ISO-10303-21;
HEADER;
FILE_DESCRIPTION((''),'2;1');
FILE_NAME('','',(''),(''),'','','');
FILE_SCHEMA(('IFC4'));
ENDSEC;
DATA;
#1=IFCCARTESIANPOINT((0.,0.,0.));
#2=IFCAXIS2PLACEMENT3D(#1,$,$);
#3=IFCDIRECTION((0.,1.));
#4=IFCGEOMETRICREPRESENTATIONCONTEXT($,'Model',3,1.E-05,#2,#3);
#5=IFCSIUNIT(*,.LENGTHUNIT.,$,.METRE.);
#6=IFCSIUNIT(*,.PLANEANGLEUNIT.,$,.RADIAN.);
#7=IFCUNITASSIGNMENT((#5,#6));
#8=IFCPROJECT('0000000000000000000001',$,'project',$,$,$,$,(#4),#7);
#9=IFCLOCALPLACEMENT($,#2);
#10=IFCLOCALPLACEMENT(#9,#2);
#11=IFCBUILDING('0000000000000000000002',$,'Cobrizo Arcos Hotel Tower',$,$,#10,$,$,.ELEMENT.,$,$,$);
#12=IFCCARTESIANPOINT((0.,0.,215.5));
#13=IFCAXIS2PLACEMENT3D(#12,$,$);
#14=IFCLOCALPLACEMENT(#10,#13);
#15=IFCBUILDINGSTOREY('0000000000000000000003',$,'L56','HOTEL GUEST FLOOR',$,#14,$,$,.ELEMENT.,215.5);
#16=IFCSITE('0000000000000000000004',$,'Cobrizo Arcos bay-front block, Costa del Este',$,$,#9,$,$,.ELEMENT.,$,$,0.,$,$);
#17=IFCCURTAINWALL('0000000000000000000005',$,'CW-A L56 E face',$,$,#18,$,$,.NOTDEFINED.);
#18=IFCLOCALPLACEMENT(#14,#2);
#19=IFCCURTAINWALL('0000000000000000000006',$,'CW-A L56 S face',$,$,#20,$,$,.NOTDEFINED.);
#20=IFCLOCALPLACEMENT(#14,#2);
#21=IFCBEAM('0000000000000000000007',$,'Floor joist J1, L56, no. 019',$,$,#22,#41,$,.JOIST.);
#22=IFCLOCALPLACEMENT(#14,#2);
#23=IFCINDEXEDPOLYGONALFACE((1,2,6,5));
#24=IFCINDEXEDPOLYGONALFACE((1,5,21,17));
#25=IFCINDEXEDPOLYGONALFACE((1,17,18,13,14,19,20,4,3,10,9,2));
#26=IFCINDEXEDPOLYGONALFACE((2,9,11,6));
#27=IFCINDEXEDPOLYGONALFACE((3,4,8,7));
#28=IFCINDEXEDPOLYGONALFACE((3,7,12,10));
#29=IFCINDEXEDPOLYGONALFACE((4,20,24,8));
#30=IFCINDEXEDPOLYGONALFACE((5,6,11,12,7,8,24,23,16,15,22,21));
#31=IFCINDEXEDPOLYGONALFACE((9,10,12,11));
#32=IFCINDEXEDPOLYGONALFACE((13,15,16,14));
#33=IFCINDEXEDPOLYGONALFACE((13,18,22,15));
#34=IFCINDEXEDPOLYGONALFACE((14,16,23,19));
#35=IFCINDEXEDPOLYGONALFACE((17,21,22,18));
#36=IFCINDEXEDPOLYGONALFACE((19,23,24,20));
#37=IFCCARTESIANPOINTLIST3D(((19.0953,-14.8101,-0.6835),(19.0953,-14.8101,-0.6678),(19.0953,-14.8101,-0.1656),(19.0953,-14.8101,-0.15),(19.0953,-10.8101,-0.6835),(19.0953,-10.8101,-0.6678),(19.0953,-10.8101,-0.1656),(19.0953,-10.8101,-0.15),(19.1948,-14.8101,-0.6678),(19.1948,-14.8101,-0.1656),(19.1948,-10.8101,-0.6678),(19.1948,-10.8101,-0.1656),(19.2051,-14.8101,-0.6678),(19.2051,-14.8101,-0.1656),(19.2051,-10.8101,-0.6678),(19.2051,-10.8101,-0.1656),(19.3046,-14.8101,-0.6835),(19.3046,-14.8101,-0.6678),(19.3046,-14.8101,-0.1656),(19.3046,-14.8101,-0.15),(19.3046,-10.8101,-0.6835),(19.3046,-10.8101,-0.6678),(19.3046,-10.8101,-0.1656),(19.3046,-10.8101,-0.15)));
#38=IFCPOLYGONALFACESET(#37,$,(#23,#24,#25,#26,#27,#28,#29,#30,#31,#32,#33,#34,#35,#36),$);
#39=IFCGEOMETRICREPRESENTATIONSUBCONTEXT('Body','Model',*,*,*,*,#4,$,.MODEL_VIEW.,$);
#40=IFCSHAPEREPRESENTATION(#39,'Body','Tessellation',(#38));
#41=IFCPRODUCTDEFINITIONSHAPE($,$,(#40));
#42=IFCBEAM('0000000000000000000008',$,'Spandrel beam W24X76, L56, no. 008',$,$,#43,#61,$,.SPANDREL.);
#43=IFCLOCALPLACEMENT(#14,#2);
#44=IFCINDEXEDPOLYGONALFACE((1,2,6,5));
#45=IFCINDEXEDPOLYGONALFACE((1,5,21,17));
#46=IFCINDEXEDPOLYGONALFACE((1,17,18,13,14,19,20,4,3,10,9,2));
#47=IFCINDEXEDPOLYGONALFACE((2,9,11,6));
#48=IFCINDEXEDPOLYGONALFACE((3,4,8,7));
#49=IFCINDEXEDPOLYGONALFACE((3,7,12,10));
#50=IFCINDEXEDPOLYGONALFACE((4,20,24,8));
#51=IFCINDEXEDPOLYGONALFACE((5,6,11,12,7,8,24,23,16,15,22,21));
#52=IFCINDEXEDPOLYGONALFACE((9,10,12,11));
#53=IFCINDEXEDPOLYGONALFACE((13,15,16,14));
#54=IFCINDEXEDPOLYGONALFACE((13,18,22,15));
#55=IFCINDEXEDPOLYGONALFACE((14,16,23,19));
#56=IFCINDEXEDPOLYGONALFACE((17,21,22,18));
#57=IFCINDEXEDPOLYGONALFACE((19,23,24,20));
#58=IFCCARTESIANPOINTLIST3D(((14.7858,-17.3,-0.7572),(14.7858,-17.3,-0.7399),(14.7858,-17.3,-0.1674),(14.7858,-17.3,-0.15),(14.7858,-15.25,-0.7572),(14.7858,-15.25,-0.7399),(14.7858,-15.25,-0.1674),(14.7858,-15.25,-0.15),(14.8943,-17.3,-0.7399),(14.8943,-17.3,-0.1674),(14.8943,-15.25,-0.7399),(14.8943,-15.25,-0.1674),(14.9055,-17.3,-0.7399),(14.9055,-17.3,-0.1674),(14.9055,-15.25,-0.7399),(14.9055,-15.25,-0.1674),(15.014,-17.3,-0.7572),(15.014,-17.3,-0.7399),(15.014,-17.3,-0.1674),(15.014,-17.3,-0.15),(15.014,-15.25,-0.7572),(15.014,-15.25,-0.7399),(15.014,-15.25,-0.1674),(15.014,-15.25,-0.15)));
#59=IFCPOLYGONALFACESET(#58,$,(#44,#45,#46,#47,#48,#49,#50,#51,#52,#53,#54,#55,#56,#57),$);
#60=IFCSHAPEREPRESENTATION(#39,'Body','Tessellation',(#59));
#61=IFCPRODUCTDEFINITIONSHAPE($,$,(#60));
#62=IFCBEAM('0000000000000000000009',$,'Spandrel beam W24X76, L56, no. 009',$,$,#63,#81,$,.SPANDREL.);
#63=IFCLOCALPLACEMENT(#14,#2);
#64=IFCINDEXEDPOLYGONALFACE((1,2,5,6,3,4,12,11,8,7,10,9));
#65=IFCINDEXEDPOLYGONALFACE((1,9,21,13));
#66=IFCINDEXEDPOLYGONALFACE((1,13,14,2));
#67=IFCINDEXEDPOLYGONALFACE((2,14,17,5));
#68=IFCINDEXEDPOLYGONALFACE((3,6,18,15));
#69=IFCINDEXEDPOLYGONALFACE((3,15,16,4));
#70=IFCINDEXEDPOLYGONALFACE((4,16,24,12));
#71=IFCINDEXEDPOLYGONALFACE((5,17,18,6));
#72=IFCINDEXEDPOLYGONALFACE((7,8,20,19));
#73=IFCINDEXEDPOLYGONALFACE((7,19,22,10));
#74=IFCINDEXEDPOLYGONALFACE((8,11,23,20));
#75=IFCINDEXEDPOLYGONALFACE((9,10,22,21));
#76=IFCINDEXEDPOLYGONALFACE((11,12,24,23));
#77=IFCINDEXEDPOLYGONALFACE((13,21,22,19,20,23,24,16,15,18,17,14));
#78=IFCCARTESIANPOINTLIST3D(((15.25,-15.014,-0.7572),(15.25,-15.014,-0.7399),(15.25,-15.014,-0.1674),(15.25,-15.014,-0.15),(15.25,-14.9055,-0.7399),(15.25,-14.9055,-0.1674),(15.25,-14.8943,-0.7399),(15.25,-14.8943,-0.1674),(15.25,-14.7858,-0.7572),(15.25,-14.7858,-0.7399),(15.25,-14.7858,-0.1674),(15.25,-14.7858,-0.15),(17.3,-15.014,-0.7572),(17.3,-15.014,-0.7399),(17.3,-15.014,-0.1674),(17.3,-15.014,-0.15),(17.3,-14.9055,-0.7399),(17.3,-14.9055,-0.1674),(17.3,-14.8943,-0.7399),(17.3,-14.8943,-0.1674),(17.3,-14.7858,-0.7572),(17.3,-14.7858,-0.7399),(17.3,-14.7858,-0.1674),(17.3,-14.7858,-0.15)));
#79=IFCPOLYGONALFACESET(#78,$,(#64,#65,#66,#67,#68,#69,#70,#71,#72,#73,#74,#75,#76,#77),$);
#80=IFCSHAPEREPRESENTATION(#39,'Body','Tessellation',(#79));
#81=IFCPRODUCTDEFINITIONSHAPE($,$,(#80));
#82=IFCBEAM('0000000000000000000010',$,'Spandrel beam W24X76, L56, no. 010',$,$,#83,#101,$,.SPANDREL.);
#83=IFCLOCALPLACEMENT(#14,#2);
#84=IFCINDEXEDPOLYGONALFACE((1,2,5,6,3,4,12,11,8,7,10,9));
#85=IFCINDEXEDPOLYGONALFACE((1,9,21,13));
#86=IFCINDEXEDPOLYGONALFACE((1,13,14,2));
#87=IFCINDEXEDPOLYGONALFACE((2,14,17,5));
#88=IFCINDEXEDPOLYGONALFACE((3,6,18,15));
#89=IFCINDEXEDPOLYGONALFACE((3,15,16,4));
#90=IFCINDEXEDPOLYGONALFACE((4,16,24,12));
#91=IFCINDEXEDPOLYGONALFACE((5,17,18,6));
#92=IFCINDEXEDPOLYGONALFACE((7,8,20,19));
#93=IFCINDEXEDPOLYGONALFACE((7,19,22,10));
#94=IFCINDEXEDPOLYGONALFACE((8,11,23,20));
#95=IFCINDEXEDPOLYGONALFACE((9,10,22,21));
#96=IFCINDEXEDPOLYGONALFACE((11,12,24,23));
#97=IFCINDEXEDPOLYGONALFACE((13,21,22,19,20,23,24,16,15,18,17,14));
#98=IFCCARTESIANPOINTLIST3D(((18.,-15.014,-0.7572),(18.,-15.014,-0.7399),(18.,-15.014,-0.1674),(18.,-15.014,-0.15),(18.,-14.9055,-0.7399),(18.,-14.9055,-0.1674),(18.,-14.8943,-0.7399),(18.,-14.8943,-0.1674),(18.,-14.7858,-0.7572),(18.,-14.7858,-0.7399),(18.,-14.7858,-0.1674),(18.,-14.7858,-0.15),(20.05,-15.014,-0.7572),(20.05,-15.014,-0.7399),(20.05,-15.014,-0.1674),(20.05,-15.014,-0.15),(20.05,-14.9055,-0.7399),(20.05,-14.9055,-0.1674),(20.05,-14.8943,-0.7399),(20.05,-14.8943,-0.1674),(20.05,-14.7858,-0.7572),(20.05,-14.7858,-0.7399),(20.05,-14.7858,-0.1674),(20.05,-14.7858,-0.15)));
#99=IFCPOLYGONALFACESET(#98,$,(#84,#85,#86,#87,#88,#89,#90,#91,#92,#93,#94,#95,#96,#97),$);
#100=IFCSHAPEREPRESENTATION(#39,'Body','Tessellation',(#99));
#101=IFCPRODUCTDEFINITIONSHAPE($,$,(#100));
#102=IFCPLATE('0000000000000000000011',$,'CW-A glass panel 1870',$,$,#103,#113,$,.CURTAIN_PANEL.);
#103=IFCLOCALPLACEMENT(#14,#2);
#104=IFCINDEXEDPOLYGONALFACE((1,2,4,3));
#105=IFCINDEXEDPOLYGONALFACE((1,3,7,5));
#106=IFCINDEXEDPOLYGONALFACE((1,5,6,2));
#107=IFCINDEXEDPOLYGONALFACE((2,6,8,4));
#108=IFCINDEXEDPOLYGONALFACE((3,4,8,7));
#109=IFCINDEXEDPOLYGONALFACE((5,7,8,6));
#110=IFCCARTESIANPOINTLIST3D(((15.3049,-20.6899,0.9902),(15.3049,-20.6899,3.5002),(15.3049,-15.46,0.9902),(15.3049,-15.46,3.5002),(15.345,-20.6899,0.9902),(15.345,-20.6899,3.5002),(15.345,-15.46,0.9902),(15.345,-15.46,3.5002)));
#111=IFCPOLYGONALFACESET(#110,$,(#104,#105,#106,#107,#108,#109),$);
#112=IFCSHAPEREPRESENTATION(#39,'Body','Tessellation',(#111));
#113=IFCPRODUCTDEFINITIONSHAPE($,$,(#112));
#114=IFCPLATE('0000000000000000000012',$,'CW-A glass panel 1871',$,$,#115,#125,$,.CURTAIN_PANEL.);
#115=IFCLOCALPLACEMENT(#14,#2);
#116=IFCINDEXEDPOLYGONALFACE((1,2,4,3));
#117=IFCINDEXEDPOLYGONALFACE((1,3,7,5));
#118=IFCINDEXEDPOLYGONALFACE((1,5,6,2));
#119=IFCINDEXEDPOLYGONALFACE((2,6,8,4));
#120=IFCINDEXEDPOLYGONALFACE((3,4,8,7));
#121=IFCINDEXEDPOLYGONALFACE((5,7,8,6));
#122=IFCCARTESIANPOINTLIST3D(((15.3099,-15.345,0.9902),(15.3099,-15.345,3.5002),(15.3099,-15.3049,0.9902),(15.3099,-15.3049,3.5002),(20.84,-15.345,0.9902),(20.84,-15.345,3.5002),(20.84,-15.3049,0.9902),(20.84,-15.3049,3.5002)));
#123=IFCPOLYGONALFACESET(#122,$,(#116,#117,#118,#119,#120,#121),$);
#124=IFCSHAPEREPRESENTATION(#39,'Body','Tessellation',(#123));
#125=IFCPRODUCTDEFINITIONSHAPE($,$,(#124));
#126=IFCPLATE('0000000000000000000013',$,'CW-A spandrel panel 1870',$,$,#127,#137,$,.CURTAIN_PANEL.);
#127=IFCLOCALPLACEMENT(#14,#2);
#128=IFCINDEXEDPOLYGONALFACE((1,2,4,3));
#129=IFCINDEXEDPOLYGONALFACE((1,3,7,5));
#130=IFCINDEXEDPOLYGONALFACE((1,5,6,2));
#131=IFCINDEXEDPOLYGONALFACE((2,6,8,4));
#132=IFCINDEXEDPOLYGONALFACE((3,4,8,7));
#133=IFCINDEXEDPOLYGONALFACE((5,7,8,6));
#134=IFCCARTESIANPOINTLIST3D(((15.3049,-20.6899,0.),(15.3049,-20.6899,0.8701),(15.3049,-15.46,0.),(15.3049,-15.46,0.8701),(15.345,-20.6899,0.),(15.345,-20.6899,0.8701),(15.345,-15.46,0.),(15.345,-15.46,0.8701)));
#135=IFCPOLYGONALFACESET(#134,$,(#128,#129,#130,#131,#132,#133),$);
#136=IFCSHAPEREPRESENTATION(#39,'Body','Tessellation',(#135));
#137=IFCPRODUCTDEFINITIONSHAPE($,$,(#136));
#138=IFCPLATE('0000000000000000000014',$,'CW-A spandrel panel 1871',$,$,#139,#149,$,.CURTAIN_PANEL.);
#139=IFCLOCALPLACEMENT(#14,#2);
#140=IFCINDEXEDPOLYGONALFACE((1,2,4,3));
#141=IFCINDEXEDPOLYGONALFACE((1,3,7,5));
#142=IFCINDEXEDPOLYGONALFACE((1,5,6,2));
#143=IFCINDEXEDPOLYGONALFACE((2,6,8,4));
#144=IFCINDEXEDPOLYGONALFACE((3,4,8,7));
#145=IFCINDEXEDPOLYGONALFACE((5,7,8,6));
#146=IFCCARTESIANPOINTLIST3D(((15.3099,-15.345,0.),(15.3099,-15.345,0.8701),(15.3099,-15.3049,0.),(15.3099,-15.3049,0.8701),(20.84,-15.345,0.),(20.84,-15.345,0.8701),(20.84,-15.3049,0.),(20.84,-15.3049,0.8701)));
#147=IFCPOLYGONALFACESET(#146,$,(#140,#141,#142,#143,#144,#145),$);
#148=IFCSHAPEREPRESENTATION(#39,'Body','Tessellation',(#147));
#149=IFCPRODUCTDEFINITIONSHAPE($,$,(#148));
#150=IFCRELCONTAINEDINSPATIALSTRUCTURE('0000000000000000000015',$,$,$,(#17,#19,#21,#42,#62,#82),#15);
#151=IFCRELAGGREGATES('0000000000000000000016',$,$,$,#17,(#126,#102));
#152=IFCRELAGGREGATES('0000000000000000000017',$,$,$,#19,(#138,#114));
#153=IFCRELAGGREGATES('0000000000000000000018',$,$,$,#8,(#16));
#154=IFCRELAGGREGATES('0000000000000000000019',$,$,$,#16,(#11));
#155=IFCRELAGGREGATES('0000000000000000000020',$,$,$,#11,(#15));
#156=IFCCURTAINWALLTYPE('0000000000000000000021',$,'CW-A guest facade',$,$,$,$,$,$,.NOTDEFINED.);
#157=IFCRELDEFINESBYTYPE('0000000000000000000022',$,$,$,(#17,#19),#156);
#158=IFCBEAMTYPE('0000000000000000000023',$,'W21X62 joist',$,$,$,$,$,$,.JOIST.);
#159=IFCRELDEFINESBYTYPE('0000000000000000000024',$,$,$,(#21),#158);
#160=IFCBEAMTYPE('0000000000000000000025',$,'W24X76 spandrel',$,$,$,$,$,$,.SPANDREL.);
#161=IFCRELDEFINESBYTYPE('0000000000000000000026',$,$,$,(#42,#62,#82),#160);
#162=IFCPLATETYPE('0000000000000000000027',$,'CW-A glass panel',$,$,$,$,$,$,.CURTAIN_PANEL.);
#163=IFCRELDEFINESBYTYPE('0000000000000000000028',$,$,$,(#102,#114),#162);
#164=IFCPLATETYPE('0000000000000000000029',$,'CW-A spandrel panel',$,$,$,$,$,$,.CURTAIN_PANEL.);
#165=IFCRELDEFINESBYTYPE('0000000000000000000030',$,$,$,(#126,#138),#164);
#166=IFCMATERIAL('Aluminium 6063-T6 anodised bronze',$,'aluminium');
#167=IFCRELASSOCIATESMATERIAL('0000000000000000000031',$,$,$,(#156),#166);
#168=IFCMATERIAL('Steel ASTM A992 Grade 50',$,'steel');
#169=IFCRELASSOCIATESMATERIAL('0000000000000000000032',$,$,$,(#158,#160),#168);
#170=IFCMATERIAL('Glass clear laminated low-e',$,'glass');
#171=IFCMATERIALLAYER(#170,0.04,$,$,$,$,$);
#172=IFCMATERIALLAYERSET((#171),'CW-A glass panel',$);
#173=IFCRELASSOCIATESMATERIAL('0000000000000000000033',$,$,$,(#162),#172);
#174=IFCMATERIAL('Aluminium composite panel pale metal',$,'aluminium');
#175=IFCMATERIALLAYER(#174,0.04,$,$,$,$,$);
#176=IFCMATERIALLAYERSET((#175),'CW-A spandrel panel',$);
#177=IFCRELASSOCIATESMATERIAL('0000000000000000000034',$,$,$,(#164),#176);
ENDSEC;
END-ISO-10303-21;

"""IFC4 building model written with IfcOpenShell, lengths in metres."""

from ifc_helpers import new_model, si_unit, direction, frame, origin, origin_2d, place, context, subcontext, project, spatial, rectangle, i_section, extrude, material, layer, layer_set, material_profile, profile_set, type_object, element, aggregate, save


model = new_model("IFC4")

# Units and contexts
model_context = context("Model", 3, precision=1e-05, world=origin(), true_north=direction((0.0, 1.0)))
body_context = subcontext(model_context, "Body", "Model", "MODEL_VIEW")
ifc_project = project(units=[si_unit("LENGTHUNIT", "METRE"), si_unit("PLANEANGLEUNIT", "RADIAN")], contexts=[model_context])

# Site, building, storey
site_placement = place(None, origin())
site = spatial("IfcSite", under=ifc_project, at=site_placement, Name="Cobrizo Arcos bay-front block, Costa del Este", CompositionType="ELEMENT", RefElevation=0.0)
building_placement = place(site_placement, origin())
building = spatial("IfcBuilding", under=site, at=building_placement, Name="Cobrizo Arcos Hotel Tower", CompositionType="ELEMENT")
storey_placement = place(building_placement, frame((0.0, 0.0, 215.5)))
storey = spatial("IfcBuildingStorey", under=building, at=storey_placement, Name="L56", Description="HOTEL GUEST FLOOR", CompositionType="ELEMENT", Elevation=215.5)

# Shared definitions
ifc_material_1 = material(Name="Aluminium 6063-T6 anodised bronze", Category="aluminium")
curtain_wall_type = type_object("IfcCurtainWallType", Name="CW-A guest facade", PredefinedType="NOTDEFINED", material=ifc_material_1)

# Curtain walls
curtain_wall_1_placement = place(storey_placement, origin())
curtain_wall_1 = element("IfcCurtainWall", 1, at=curtain_wall_1_placement, inside=storey, type_object=curtain_wall_type, Name="CW-A L56 E face", PredefinedType="NOTDEFINED")
curtain_wall_2_placement = place(storey_placement, origin())
curtain_wall_2 = element("IfcCurtainWall", 2, at=curtain_wall_2_placement, inside=storey, type_object=curtain_wall_type, Name="CW-A L56 S face", PredefinedType="NOTDEFINED")

# Beams
ifc_material_2 = material(Name="Steel ASTM A992 Grade 50", Category="steel")
ifc_material_profile_1 = material_profile(ifc_material_2, i_section(OverallWidth=0.2092, OverallDepth=0.5334, WebThickness=0.0103, FlangeThickness=0.0156, at=origin_2d()), Name="W21X62")
ifc_profile_set_1 = profile_set([ifc_material_profile_1], Name="Steel ASTM A992 Grade 50")
beam_type_1 = type_object("IfcBeamType", Name="W21X62 joist", PredefinedType="JOIST", material=ifc_profile_set_1)
beam_placement = place(storey_placement, frame((19.2, -14.8101, -0.4167), z_axis=(0.0, 1.0, 0.0), x_axis=(-1.0, 0.0, 0.0)))
element("IfcBeam", 3, at=beam_placement, inside=storey, type_object=beam_type_1, Name="Floor joist J1, L56, no. 019", PredefinedType="JOIST", context=body_context, shape_type="SweptSolid", body=[
    extrude(i_section(OverallWidth=0.2092, OverallDepth=0.5334, WebThickness=0.0103, FlangeThickness=0.0156, at=origin_2d()), origin(), (0.0, 0.0, 1.0), 4.0),
])
ifc_material_profile_2 = material_profile(ifc_material_2, i_section(OverallWidth=0.2283, OverallDepth=0.6072, WebThickness=0.0112, FlangeThickness=0.0173, at=origin_2d()), Name="W24X76")
ifc_profile_set_2 = profile_set([ifc_material_profile_2], Name="Steel ASTM A992 Grade 50")
beam_type_2 = type_object("IfcBeamType", Name="W24X76 spandrel", PredefinedType="SPANDREL", material=ifc_profile_set_2)
for number, where, z_axis, x_axis, name in (
    (4, (14.8999, -17.3, -0.4536), (0.0, 1.0, 0.0), (-1.0, 0.0, 0.0), "Spandrel beam W24X76, L56, no. 008"),
    (5, (15.25, -14.8999, -0.4536), (1.0, 0.0, 0.0), (0.0, 1.0, 0.0), "Spandrel beam W24X76, L56, no. 009"),
    (6, (18.0, -14.8999, -0.4536), (1.0, 0.0, 0.0), (0.0, 1.0, 0.0), "Spandrel beam W24X76, L56, no. 010"),
):
    element("IfcBeam", number, at=place(storey_placement, frame(where, z_axis=z_axis, x_axis=x_axis)), inside=storey, type_object=beam_type_2, Name=name, PredefinedType="SPANDREL", context=body_context, shape_type="SweptSolid", body=[
        extrude(i_section(OverallWidth=0.2283, OverallDepth=0.6072, WebThickness=0.0112, FlangeThickness=0.0173, at=origin_2d()), origin(), (0.0, 0.0, 1.0), 2.05),
    ])

# Plates
ifc_material_3 = material(Name="Glass clear laminated low-e", Category="glass")
ifc_layer_1 = layer(ifc_material_3, 0.04)
ifc_layer_set_1 = layer_set([ifc_layer_1], Name="CW-A glass panel")
plate_type_1 = type_object("IfcPlateType", Name="CW-A glass panel", PredefinedType="CURTAIN_PANEL", material=ifc_layer_set_1)
plate_1_placement = place(storey_placement, frame((15.325, -18.075, 0.9902), z_axis=(0.0, 0.0, 1.0), x_axis=(0.0, 1.0, 0.0)))
plate_1 = element("IfcPlate", 7, at=plate_1_placement, type_object=plate_type_1, Name="CW-A glass panel 1870", PredefinedType="CURTAIN_PANEL", context=body_context, shape_type="SweptSolid", body=[
    extrude(rectangle(XDim=5.23, YDim=0.04, at=origin_2d()), origin(), (0.0, 0.0, 1.0), 2.51),
])
plate_2_placement = place(storey_placement, frame((18.075, -15.325, 0.9902), z_axis=(0.0, 0.0, 1.0), x_axis=(1.0, 0.0, 0.0)))
plate_2 = element("IfcPlate", 8, at=plate_2_placement, type_object=plate_type_1, Name="CW-A glass panel 1871", PredefinedType="CURTAIN_PANEL", context=body_context, shape_type="SweptSolid", body=[
    extrude(rectangle(XDim=5.53, YDim=0.04, at=origin_2d()), origin(), (0.0, 0.0, 1.0), 2.51),
])
ifc_material_4 = material(Name="Aluminium composite panel pale metal", Category="aluminium")
ifc_layer_2 = layer(ifc_material_4, 0.04)
ifc_layer_set_2 = layer_set([ifc_layer_2], Name="CW-A spandrel panel")
plate_type_2 = type_object("IfcPlateType", Name="CW-A spandrel panel", PredefinedType="CURTAIN_PANEL", material=ifc_layer_set_2)
plate_3_placement = place(storey_placement, frame((15.325, -18.075, 0.0), z_axis=(0.0, 0.0, 1.0), x_axis=(0.0, 1.0, 0.0)))
plate_3 = element("IfcPlate", 9, at=plate_3_placement, type_object=plate_type_2, Name="CW-A spandrel panel 1870", PredefinedType="CURTAIN_PANEL", context=body_context, shape_type="SweptSolid", body=[
    extrude(rectangle(XDim=5.23, YDim=0.04, at=origin_2d()), origin(), (0.0, 0.0, 1.0), 0.8701),
])
aggregate(curtain_wall_1, [plate_3, plate_1])
plate_4_placement = place(storey_placement, frame((18.075, -15.325, 0.0), z_axis=(0.0, 0.0, 1.0), x_axis=(1.0, 0.0, 0.0)))
plate_4 = element("IfcPlate", 10, at=plate_4_placement, type_object=plate_type_2, Name="CW-A spandrel panel 1871", PredefinedType="CURTAIN_PANEL", context=body_context, shape_type="SweptSolid", body=[
    extrude(rectangle(XDim=5.53, YDim=0.04, at=origin_2d()), origin(), (0.0, 0.0, 1.0), 0.8701),
])
aggregate(curtain_wall_2, [plate_4, plate_2])

save(model, "model.ifc")
